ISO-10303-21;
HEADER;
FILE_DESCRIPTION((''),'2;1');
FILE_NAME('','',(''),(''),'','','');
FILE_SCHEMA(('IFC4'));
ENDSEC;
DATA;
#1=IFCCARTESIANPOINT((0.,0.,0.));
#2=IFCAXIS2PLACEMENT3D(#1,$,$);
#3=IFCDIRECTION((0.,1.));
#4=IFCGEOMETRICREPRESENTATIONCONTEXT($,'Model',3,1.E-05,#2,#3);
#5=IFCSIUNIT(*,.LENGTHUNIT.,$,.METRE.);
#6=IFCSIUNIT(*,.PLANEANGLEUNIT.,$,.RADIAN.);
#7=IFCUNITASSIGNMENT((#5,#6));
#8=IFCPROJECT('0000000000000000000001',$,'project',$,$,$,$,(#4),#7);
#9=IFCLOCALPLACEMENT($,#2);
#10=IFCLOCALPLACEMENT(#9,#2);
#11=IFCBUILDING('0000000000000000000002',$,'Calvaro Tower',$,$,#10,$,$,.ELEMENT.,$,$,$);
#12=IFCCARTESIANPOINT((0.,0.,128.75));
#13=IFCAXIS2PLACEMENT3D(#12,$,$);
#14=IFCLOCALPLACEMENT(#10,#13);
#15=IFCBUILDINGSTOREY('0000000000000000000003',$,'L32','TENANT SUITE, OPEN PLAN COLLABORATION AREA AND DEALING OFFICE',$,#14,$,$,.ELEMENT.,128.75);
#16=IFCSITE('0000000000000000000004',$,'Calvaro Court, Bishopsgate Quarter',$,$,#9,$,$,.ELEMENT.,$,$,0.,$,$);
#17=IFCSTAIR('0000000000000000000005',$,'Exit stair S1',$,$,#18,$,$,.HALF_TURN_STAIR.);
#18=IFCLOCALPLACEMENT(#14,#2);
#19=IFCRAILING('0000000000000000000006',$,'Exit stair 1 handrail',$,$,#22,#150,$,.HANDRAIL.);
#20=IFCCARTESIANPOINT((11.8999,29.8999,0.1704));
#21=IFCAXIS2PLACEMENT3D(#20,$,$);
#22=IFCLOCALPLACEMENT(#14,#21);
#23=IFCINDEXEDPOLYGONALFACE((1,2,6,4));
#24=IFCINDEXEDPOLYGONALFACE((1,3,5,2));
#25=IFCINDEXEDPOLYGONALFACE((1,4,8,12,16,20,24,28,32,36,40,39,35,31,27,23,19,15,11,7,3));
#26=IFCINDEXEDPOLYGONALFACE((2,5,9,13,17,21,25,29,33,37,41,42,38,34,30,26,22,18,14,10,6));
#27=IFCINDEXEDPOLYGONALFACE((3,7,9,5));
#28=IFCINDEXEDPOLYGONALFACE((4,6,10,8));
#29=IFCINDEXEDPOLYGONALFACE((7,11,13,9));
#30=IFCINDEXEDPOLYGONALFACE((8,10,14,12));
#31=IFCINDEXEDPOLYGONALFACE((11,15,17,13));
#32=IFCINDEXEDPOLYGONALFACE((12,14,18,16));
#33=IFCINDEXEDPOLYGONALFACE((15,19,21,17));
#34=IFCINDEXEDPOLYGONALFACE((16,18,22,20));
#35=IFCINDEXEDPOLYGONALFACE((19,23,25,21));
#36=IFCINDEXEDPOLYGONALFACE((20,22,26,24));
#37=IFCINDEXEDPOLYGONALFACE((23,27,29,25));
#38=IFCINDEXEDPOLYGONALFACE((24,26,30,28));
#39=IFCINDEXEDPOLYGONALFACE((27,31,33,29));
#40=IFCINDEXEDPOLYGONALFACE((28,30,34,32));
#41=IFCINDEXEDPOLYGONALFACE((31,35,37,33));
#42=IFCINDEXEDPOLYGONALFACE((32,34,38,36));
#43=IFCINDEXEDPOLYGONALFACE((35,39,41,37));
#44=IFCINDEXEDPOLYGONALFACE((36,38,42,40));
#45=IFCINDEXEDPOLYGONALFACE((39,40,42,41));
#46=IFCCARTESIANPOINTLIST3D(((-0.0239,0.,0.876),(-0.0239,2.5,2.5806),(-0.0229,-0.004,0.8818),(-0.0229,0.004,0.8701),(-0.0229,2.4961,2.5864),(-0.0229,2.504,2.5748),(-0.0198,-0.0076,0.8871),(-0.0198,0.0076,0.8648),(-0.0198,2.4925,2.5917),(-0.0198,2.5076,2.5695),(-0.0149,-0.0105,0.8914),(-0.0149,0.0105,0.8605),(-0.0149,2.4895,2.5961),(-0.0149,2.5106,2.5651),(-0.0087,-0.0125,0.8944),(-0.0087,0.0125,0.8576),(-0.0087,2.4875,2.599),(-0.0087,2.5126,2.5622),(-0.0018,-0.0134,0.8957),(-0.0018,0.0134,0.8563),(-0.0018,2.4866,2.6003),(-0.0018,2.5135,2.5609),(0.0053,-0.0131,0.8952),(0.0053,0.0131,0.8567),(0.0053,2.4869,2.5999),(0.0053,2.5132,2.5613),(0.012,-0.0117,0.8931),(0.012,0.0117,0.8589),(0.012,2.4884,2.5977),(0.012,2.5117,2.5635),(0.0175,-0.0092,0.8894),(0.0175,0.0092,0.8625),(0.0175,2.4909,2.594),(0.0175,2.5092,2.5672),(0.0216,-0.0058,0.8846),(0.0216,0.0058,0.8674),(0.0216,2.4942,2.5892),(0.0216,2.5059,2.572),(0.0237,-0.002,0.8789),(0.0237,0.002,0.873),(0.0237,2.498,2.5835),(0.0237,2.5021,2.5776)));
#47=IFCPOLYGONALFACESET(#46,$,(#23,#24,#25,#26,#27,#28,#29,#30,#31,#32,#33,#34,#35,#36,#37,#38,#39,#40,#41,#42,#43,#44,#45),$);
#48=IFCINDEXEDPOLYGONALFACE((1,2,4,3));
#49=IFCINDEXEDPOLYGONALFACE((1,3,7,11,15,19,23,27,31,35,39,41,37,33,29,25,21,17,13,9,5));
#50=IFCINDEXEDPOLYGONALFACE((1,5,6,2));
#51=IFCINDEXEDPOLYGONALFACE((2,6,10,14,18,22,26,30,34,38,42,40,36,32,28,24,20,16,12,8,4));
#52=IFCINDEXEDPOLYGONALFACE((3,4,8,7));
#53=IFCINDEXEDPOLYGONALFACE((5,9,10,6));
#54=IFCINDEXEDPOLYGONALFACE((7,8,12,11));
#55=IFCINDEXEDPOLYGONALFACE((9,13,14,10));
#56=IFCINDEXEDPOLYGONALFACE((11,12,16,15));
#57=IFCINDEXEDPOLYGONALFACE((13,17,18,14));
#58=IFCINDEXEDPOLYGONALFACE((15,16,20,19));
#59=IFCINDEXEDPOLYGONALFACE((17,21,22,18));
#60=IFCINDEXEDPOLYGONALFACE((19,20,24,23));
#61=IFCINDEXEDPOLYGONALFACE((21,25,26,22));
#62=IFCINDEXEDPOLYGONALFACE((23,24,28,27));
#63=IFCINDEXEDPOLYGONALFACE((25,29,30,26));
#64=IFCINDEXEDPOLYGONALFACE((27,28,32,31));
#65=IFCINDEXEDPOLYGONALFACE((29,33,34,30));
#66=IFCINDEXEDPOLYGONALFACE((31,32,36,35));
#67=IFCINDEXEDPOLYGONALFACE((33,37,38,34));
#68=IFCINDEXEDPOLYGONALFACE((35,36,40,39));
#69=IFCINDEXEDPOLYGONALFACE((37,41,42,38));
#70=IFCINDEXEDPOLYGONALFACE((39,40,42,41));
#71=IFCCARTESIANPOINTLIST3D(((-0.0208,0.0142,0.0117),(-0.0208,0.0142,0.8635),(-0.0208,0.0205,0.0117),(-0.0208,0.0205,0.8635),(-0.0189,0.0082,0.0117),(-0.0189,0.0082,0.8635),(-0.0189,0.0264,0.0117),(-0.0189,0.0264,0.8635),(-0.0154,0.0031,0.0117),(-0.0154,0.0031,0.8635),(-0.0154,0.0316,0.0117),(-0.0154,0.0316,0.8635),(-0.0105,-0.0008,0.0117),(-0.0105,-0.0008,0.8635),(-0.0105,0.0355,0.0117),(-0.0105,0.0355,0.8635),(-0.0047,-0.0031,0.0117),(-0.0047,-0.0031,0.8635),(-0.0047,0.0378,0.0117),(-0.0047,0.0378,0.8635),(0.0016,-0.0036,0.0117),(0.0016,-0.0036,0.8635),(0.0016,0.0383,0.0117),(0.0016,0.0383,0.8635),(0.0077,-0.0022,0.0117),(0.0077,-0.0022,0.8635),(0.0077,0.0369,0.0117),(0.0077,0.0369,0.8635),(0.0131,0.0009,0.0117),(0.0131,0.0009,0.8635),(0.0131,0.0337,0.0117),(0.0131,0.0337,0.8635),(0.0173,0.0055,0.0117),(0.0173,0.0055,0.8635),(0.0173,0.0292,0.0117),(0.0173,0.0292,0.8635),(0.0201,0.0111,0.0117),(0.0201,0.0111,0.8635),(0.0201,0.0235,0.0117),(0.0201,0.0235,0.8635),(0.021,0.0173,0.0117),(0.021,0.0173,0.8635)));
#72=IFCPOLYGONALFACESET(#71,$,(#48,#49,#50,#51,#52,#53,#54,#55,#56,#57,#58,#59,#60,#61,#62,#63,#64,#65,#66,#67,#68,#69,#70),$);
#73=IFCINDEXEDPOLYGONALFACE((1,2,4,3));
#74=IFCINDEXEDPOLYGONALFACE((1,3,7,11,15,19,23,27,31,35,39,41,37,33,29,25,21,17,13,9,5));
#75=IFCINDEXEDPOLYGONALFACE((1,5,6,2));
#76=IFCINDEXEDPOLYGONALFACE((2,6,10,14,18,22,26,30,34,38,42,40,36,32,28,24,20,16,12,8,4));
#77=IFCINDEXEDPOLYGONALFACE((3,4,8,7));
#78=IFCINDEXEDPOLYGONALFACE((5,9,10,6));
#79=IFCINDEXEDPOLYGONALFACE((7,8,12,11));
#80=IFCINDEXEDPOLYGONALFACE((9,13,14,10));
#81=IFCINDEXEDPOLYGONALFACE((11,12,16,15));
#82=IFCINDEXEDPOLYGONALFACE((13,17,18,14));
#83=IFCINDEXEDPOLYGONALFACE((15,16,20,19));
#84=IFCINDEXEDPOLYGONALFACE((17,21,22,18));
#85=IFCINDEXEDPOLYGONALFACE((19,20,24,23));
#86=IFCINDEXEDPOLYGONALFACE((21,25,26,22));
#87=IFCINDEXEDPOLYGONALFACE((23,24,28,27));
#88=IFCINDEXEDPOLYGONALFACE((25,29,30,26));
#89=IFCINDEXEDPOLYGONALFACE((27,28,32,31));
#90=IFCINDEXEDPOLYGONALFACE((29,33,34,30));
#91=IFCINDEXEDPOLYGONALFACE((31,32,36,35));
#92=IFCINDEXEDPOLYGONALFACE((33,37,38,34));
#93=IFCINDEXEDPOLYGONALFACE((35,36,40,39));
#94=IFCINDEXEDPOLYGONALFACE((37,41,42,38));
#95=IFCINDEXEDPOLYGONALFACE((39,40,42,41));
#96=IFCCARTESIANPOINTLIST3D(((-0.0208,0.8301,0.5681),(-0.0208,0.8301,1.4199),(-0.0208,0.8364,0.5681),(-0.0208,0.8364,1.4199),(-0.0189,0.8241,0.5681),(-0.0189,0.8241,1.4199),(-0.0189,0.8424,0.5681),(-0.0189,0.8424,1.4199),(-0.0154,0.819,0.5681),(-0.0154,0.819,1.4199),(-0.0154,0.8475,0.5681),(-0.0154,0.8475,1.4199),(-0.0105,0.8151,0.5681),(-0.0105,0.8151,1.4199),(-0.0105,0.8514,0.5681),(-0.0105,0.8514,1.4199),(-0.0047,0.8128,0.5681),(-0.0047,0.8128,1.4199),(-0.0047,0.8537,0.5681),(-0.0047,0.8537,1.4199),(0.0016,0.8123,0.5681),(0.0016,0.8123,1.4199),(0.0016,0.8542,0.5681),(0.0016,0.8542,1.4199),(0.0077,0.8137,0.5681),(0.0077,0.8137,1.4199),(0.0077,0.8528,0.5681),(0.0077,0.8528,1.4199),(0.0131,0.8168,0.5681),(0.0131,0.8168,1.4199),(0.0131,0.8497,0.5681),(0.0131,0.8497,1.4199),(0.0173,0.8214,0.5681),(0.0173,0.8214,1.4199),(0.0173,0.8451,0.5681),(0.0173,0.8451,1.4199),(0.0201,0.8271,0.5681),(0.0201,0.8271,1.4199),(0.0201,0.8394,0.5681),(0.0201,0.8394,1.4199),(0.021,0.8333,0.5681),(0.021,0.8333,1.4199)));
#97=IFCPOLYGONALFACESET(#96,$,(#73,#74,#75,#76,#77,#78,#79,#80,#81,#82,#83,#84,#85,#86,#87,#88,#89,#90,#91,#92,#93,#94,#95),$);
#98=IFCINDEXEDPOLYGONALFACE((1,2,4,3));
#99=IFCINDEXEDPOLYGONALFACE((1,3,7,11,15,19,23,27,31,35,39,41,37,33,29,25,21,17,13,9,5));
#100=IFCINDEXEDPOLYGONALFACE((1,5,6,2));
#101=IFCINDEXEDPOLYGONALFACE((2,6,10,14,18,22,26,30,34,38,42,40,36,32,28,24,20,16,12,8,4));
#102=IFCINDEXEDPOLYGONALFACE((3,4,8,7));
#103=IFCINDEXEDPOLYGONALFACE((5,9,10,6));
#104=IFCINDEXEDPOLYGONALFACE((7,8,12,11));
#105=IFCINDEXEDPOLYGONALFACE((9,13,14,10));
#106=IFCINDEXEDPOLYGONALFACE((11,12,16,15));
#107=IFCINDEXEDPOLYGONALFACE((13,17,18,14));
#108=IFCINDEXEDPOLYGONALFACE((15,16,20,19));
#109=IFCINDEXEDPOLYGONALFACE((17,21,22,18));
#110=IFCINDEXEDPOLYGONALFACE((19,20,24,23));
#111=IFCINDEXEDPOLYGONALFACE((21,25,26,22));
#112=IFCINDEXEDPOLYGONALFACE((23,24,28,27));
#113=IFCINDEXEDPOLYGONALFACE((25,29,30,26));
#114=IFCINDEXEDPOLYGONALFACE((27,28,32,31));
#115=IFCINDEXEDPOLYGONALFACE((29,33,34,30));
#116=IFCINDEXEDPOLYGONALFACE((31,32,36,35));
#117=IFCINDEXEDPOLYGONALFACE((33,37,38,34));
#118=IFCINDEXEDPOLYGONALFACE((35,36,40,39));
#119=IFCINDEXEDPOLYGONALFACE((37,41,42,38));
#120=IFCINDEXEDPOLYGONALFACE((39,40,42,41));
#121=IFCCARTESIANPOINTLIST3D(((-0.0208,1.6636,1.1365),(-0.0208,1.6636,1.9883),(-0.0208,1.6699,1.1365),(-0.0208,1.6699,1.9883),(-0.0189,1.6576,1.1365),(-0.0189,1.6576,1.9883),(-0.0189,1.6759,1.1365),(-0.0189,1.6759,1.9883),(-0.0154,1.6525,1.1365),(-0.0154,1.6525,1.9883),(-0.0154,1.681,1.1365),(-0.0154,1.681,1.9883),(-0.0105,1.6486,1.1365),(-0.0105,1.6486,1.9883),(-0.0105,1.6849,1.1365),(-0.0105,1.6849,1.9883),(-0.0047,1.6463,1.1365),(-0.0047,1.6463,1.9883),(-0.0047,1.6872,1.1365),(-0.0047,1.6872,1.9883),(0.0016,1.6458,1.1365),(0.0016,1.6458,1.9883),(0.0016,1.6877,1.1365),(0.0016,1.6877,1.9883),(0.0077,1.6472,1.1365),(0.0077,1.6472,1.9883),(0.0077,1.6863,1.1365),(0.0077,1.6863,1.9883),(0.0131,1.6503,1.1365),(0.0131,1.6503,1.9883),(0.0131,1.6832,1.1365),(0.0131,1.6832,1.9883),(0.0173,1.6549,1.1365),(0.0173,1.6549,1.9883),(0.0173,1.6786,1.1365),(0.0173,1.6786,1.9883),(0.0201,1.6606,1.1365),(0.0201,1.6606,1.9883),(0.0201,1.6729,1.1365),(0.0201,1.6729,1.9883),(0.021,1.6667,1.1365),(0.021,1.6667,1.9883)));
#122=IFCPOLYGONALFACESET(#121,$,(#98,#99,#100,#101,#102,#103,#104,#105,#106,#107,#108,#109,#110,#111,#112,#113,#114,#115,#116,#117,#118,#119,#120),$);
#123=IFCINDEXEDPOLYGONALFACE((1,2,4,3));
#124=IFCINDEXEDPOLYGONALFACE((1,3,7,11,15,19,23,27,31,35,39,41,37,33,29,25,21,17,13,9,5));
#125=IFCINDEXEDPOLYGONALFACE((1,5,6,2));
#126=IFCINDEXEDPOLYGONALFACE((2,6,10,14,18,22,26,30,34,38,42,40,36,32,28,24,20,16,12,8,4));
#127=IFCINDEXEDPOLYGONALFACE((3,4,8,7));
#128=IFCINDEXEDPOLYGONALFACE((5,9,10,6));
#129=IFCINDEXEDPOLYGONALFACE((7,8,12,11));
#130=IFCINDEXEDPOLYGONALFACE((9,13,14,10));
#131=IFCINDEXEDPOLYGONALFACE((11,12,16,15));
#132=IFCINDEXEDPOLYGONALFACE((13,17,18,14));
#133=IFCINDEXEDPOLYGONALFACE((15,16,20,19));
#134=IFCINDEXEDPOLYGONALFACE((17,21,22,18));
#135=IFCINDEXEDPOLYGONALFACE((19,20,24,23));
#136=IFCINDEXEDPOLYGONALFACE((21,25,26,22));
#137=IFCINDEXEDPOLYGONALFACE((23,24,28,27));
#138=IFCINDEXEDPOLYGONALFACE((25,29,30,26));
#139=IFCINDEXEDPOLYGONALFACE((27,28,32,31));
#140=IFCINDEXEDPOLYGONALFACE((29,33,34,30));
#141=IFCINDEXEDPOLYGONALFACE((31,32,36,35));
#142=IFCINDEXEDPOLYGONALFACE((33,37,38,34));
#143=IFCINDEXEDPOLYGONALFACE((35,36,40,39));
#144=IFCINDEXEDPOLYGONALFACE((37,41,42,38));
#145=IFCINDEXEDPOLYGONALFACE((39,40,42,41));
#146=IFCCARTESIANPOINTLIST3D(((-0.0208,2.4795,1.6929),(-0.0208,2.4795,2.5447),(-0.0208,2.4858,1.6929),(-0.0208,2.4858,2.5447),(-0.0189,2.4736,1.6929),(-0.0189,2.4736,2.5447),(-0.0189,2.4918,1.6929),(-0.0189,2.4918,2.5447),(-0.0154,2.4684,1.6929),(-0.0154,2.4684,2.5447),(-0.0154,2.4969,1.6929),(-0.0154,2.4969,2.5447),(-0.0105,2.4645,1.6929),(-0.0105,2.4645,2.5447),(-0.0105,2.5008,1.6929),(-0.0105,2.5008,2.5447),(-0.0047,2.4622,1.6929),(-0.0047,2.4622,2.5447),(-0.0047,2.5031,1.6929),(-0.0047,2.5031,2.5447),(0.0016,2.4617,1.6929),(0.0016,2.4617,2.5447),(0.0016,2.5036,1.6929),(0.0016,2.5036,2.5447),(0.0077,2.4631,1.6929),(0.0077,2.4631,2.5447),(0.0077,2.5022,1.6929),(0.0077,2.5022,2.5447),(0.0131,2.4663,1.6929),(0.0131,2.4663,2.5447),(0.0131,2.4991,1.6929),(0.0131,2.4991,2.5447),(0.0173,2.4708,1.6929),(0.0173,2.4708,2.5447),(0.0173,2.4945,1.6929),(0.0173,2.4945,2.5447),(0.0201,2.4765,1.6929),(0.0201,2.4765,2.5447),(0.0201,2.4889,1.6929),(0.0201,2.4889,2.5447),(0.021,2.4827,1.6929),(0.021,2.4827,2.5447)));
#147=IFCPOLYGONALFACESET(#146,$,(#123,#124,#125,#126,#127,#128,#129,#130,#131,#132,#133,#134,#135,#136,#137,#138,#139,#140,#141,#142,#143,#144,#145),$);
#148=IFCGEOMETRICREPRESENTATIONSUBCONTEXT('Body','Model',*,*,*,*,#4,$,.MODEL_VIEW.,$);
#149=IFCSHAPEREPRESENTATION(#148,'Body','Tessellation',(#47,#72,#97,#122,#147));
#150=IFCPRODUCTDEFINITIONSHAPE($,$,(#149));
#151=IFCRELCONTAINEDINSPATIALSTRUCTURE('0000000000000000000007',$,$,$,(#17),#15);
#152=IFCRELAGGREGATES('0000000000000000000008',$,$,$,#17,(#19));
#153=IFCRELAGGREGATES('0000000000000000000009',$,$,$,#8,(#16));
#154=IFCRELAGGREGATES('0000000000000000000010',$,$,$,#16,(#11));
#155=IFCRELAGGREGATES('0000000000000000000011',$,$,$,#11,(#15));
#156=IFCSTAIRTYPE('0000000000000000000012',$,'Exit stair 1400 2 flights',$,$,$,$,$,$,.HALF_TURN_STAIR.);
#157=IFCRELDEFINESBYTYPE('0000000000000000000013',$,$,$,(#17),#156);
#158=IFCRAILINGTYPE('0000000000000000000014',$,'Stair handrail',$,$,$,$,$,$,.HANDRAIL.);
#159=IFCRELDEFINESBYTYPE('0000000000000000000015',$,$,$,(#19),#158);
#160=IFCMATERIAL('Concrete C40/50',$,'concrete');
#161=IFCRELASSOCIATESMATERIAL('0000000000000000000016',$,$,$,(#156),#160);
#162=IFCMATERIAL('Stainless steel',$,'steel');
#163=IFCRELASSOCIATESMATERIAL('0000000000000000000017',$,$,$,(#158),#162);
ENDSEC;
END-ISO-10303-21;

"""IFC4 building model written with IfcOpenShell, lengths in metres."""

from ifc_helpers import new_model, si_unit, direction, frame, origin, origin_2d, place, context, subcontext, project, spatial, circle, extrude, material, type_object, element, aggregate, save


model = new_model("IFC4")

# Units and contexts
model_context = context("Model", 3, precision=1e-05, world=origin(), true_north=direction((0.0, 1.0)))
body_context = subcontext(model_context, "Body", "Model", "MODEL_VIEW")
ifc_project = project(units=[si_unit("LENGTHUNIT", "METRE"), si_unit("PLANEANGLEUNIT", "RADIAN")], contexts=[model_context])

# Site, building, storey
site_placement = place(None, origin())
site = spatial("IfcSite", under=ifc_project, at=site_placement, Name="Calvaro Court, Bishopsgate Quarter", CompositionType="ELEMENT", RefElevation=0.0)
building_placement = place(site_placement, origin())
building = spatial("IfcBuilding", under=site, at=building_placement, Name="Calvaro Tower", CompositionType="ELEMENT")
storey_placement = place(building_placement, frame((0.0, 0.0, 128.75)))
storey = spatial("IfcBuildingStorey", under=building, at=storey_placement, Name="L32", Description="TENANT SUITE, OPEN PLAN COLLABORATION AREA AND DEALING OFFICE", CompositionType="ELEMENT", Elevation=128.75)

# Stair, railing
ifc_material_1 = material(Name="Concrete C40/50", Category="concrete")
stair_type = type_object("IfcStairType", Name="Exit stair 1400 2 flights", PredefinedType="HALF_TURN_STAIR", material=ifc_material_1)
stair_placement = place(storey_placement, origin())
stair = element("IfcStair", 1, at=stair_placement, inside=storey, type_object=stair_type, Name="Exit stair S1", PredefinedType="HALF_TURN_STAIR")
ifc_material_2 = material(Name="Stainless steel", Category="steel")
railing_type = type_object("IfcRailingType", Name="Stair handrail", PredefinedType="HANDRAIL", material=ifc_material_2)
railing_placement = place(storey_placement, frame((11.8999, 29.8999, 0.1704)))
railing = element("IfcRailing", 2, at=railing_placement, type_object=railing_type, Name="Exit stair 1 handrail", PredefinedType="HANDRAIL", context=body_context, shape_type="SweptSolid", body=[
    extrude(circle(Radius=0.0239, at=origin_2d()), frame((0.0, 0.0, 0.876), z_axis=(0.0, 0.826221, 0.563347), x_axis=(-1.0, 0.0, 0.0)), (0.0, 0.0, 1.0), 3.0259),
    extrude(circle(Radius=0.021, at=origin_2d()), frame((0.0, 0.0173, 0.0117)), (0.0, 0.0, 1.0), 0.8518),
    extrude(circle(Radius=0.021, at=origin_2d()), frame((0.0, 0.8333, 0.5681)), (0.0, 0.0, 1.0), 0.8518),
    extrude(circle(Radius=0.021, at=origin_2d()), frame((0.0, 1.6667, 1.1365)), (0.0, 0.0, 1.0), 0.8518),
    extrude(circle(Radius=0.021, at=origin_2d()), frame((0.0, 2.4827, 1.6929)), (0.0, 0.0, 1.0), 0.8518),
])
aggregate(stair, [railing])

save(model, "model.ifc")
